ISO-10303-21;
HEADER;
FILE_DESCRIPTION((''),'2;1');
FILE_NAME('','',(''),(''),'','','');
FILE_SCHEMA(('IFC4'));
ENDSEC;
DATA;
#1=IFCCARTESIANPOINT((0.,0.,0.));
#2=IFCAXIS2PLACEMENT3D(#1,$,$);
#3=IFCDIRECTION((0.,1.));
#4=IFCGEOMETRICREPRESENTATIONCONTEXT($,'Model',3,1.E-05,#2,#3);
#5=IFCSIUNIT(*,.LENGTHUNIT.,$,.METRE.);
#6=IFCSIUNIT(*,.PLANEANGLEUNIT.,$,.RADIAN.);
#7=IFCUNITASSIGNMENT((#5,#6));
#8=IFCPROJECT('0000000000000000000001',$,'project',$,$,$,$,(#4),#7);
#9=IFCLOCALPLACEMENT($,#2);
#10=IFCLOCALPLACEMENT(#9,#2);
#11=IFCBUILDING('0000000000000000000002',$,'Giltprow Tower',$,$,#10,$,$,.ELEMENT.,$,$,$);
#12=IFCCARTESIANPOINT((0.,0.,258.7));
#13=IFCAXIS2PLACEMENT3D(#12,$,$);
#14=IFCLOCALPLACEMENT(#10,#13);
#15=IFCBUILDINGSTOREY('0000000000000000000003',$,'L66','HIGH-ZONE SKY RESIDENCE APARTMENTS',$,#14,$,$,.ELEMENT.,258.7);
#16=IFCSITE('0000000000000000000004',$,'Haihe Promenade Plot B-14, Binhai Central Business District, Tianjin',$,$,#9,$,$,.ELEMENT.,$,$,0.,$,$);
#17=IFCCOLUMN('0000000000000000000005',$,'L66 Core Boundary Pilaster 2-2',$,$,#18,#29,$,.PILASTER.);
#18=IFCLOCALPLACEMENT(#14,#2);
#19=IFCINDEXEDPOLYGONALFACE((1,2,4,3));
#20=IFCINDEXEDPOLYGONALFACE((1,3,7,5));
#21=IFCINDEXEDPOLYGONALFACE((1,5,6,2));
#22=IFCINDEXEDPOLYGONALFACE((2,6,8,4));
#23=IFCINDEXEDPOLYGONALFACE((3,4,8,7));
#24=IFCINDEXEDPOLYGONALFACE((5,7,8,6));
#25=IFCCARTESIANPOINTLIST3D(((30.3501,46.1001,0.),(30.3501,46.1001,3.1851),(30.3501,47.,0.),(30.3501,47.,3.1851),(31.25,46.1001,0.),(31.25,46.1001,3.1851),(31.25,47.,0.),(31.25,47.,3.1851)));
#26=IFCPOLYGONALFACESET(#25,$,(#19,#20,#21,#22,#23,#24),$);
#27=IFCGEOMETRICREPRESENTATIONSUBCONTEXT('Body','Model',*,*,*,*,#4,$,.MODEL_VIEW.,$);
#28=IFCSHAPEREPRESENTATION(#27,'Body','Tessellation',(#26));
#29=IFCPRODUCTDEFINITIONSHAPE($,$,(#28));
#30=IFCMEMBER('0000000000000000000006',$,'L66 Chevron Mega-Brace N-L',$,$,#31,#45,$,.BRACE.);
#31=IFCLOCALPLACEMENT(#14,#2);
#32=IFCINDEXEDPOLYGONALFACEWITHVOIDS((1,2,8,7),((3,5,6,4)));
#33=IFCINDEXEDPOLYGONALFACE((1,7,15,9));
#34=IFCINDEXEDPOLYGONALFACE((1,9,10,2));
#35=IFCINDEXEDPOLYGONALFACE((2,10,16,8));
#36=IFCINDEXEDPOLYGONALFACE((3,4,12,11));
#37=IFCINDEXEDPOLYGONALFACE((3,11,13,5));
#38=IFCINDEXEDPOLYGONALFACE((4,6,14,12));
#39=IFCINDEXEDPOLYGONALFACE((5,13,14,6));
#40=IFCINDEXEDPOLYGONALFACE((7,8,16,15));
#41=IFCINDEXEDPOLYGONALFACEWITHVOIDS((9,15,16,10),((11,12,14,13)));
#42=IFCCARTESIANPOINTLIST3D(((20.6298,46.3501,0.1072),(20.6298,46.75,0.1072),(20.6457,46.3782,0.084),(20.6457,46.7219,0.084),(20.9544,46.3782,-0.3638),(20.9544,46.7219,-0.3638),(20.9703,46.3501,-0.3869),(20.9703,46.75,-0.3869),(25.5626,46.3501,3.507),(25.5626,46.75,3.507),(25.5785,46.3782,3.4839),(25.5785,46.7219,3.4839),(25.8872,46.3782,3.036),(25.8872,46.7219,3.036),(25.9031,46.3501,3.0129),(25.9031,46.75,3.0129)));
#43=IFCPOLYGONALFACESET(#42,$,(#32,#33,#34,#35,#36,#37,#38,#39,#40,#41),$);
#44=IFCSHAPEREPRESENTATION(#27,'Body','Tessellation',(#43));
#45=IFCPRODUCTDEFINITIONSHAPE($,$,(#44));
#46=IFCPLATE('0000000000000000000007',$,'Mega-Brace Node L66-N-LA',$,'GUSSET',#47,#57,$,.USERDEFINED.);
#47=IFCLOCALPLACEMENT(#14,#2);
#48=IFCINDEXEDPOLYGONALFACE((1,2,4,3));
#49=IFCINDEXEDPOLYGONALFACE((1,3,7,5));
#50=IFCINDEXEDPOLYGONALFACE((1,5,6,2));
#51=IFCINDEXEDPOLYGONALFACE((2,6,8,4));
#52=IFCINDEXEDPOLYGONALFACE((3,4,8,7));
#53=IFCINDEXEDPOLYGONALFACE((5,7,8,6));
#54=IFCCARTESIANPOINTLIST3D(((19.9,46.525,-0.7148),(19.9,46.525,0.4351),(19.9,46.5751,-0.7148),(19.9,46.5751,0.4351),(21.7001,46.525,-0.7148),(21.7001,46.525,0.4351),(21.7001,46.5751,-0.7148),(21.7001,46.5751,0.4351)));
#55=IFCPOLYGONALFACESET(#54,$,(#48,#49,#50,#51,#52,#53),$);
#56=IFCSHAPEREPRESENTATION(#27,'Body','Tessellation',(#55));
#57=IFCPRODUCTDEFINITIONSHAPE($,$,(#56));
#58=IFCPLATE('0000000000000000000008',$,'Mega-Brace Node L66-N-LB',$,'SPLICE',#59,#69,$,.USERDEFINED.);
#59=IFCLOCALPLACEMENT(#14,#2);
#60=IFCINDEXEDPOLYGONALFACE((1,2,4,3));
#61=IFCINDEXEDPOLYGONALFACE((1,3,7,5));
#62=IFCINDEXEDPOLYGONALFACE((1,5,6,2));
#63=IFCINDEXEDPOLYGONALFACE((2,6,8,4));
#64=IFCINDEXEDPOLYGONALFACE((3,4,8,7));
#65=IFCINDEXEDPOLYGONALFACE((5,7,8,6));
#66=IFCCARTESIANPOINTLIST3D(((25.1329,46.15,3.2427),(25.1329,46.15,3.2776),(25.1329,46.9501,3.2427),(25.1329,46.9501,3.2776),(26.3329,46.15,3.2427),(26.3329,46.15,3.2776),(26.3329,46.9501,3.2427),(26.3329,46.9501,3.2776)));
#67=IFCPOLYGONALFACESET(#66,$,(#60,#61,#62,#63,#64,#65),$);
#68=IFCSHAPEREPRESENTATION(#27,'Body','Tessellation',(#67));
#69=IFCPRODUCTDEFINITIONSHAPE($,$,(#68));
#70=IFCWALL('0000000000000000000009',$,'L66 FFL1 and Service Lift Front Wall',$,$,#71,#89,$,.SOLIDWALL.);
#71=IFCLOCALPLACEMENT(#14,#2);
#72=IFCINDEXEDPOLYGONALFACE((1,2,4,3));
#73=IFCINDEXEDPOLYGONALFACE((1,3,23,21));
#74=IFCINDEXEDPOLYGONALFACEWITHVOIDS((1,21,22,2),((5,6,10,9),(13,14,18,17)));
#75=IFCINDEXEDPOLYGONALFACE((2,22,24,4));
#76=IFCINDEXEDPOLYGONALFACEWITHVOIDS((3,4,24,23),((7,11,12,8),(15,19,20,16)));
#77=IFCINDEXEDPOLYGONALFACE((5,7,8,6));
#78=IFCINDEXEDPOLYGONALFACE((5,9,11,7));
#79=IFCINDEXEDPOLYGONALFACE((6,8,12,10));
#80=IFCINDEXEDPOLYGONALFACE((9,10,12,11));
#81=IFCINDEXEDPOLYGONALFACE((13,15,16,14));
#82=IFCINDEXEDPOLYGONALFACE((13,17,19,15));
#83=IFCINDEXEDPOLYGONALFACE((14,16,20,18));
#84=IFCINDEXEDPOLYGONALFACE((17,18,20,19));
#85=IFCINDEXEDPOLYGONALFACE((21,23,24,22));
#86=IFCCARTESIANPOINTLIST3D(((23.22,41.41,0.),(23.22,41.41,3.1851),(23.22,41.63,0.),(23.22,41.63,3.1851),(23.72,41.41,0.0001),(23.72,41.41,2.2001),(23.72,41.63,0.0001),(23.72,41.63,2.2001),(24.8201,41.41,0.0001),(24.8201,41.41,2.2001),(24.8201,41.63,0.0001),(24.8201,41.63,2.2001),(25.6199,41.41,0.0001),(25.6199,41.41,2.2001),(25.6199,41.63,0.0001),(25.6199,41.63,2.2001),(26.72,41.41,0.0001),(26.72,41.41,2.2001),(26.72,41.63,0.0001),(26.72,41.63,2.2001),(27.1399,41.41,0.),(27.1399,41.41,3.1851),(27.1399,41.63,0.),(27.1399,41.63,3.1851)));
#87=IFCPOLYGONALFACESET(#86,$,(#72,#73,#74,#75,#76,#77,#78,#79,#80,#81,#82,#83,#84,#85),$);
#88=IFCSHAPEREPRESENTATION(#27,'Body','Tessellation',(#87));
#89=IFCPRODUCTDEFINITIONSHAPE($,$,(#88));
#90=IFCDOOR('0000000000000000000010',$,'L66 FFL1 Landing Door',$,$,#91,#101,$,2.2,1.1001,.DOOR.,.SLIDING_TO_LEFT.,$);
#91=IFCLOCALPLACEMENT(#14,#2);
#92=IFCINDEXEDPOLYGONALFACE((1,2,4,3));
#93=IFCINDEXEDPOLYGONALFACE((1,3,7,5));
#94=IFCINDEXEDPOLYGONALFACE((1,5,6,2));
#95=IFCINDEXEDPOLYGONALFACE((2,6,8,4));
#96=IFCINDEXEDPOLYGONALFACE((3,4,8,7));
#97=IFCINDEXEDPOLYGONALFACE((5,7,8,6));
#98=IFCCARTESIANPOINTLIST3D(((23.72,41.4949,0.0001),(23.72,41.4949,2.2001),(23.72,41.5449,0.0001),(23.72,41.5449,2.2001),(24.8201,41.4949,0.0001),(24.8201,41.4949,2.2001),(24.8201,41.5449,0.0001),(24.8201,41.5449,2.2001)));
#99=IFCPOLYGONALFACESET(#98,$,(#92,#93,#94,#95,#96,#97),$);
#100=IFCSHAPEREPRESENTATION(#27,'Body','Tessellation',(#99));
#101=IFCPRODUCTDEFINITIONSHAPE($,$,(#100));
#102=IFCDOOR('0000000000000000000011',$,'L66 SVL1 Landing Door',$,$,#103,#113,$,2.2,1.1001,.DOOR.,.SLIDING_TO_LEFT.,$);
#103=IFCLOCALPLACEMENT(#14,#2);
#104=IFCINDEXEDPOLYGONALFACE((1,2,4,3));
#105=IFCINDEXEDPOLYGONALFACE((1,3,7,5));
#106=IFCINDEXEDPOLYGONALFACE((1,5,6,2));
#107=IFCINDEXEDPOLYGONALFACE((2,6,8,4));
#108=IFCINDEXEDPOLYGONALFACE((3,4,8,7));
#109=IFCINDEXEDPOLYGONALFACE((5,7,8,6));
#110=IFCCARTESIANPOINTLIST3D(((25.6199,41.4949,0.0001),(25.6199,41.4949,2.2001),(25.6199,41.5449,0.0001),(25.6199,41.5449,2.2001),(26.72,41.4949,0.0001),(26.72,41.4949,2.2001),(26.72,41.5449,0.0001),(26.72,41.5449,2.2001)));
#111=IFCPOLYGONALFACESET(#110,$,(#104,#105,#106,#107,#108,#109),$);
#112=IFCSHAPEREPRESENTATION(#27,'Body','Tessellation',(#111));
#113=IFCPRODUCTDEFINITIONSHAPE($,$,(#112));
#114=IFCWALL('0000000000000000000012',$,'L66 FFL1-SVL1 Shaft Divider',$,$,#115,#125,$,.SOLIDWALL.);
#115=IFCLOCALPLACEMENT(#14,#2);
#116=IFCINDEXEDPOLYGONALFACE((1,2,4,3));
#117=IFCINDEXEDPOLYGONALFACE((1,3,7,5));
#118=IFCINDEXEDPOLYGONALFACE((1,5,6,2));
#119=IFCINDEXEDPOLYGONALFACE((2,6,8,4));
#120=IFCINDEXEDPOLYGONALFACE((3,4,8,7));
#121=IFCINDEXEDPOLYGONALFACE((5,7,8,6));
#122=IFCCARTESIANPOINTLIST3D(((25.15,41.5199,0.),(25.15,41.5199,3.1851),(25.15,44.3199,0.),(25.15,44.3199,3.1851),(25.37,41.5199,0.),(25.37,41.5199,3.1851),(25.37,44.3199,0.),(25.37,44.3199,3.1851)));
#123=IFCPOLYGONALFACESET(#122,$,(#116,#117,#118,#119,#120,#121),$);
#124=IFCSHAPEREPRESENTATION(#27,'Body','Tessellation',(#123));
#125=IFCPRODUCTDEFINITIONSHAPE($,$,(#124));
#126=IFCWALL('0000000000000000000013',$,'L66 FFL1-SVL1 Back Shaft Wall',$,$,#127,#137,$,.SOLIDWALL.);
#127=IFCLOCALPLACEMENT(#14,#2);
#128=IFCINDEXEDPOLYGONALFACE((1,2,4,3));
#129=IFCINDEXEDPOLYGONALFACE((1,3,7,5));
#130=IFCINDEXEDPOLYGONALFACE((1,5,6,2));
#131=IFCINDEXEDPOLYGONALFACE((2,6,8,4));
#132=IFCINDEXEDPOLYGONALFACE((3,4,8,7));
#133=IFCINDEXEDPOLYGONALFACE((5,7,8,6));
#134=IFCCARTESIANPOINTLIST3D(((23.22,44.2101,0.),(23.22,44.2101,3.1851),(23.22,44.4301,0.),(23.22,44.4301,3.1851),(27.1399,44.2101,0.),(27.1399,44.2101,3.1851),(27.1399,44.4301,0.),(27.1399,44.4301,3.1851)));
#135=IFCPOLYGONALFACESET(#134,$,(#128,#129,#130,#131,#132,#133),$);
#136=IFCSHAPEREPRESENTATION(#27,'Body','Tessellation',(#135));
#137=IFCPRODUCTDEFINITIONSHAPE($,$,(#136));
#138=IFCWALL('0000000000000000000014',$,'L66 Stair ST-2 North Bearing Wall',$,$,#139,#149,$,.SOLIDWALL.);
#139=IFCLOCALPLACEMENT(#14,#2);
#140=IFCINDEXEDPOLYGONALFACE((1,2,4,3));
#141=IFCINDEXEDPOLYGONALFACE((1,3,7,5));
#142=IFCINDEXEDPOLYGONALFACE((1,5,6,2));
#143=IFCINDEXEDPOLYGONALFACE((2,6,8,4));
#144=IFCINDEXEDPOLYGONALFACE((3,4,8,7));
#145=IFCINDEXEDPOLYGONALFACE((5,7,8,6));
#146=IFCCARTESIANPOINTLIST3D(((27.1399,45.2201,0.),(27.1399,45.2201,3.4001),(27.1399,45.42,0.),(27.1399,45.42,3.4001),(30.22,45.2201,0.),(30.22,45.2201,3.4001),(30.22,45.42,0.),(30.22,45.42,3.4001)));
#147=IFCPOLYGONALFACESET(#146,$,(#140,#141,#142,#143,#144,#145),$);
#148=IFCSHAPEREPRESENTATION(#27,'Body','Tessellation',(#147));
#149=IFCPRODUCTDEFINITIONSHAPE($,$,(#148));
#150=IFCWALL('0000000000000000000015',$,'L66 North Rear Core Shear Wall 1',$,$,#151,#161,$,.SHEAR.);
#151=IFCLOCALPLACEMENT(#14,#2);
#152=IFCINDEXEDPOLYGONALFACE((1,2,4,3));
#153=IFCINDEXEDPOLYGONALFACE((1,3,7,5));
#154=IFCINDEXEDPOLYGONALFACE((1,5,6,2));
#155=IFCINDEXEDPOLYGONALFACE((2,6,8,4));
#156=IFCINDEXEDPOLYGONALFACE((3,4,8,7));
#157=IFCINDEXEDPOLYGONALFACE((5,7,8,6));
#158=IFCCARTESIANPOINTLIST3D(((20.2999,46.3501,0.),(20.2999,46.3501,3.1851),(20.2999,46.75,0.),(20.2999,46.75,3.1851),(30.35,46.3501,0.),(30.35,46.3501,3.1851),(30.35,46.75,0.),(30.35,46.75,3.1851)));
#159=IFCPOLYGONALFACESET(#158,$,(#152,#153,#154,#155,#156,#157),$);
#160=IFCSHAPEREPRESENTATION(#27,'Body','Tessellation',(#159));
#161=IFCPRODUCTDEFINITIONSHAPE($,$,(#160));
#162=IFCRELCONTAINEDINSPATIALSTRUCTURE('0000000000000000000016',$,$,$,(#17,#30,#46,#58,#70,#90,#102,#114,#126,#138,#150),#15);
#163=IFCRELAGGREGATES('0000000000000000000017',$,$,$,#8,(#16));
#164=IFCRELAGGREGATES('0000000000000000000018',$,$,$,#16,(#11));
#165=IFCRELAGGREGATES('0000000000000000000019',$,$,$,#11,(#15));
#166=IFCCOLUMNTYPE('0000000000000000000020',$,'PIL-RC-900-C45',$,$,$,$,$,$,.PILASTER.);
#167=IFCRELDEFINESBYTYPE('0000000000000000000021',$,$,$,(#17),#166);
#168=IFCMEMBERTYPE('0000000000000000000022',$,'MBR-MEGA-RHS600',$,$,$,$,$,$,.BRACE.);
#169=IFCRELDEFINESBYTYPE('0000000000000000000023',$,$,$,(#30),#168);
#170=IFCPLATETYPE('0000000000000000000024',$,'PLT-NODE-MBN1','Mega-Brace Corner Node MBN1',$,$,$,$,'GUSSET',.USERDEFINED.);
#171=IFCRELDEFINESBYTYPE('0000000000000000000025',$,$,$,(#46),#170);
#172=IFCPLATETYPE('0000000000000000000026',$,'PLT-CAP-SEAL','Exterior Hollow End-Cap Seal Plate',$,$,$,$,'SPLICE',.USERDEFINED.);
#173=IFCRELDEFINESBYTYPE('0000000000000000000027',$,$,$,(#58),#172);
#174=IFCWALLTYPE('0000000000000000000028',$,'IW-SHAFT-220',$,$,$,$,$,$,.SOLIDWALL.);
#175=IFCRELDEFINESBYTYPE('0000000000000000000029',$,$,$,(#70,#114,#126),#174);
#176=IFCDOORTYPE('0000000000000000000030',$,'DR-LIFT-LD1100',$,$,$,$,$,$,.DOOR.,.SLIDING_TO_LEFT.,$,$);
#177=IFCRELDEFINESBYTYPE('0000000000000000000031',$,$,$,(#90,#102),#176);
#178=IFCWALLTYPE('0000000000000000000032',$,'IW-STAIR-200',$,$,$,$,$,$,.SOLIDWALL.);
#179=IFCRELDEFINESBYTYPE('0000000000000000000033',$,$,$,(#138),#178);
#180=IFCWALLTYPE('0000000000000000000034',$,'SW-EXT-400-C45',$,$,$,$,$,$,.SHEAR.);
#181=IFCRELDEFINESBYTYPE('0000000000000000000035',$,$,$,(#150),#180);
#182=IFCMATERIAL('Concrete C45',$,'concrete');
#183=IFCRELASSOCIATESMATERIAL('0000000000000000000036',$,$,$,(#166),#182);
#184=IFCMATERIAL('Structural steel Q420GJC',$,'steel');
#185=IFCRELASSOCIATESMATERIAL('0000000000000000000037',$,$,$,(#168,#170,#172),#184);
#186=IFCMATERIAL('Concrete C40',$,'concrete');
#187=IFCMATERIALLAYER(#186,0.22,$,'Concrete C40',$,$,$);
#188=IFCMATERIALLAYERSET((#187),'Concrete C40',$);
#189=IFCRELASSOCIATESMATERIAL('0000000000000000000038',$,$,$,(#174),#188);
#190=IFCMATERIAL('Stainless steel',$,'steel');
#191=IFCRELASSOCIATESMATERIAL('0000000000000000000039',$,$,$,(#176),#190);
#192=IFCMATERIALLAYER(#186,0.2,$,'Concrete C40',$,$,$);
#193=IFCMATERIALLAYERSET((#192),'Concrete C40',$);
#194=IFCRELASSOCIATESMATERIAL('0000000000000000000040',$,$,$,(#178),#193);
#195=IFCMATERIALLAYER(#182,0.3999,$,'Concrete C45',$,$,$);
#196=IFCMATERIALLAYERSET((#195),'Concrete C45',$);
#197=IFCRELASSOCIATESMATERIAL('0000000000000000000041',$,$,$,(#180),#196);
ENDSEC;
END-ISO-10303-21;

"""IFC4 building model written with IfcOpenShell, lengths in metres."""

from ifc_helpers import new_model, si_unit, direction, frame, frame_2d, origin, origin_2d, place, context, subcontext, project, spatial, rectangle, hollow_rectangle, extrude, source, transform, mapped, material, layer, layer_set, material_profile, profile_set, type_object, element, fill, save


model = new_model("IFC4")

# Units and contexts
model_context = context("Model", 3, precision=1e-05, world=origin(), true_north=direction((0.0, 1.0)))
body_context = subcontext(model_context, "Body", "Model", "MODEL_VIEW")
ifc_project = project(units=[si_unit("LENGTHUNIT", "METRE"), si_unit("PLANEANGLEUNIT", "RADIAN")], contexts=[model_context])

# Site, building, storey
site_placement = place(None, origin())
site = spatial("IfcSite", under=ifc_project, at=site_placement, Name="Haihe Promenade Plot B-14, Binhai Central Business District, Tianjin", CompositionType="ELEMENT", RefElevation=0.0)
building_placement = place(site_placement, origin())
building = spatial("IfcBuilding", under=site, at=building_placement, Name="Giltprow Tower", CompositionType="ELEMENT")
storey_placement = place(building_placement, frame((0.0, 0.0, 258.7)))
storey = spatial("IfcBuildingStorey", under=building, at=storey_placement, Name="L66", Description="HIGH-ZONE SKY RESIDENCE APARTMENTS", CompositionType="ELEMENT", Elevation=258.7)

# Column
ifc_material_1 = material(Name="Concrete C45", Category="concrete")
ifc_material_profile_1 = material_profile(ifc_material_1, rectangle(XDim=0.8999, YDim=0.8999, at=origin_2d()), Name="RC 900x900")
ifc_profile_set_1 = profile_set([ifc_material_profile_1], Name="Concrete C45")
column_type = type_object("IfcColumnType", Name="PIL-RC-900-C45", PredefinedType="PILASTER", material=ifc_profile_set_1)
shared_shape_1 = source(origin(), body_context, "Body", "SweptSolid", [
    extrude(rectangle(XDim=0.8999, YDim=0.8999, at=origin_2d()), origin(), (0.0, 0.0, 1.0), 3.1851),
])
column_placement = place(storey_placement, frame((30.8, 46.55, 0.0), z_axis=(0.0, 0.0, 1.0), x_axis=(1.0, 0.0, 0.0)))
element("IfcColumn", 1, at=column_placement, inside=storey, type_object=column_type, Name="L66 Core Boundary Pilaster 2-2", PredefinedType="PILASTER", context=body_context, shape_type="MappedRepresentation", body=[
    mapped(shared_shape_1, transform((0.0, 0.0, 0.0), x_axis=(1.0, 0.0, 0.0), y_axis=(0.0, 1.0, 0.0), z_axis=(0.0, 0.0, 1.0), scale=1.0)),
])

# Member
ifc_material_2 = material(Name="Structural steel Q420GJC", Category="steel")
ifc_material_profile_2 = material_profile(ifc_material_2, hollow_rectangle(XDim=0.3999, YDim=0.6001, WallThickness=0.0281, at=origin_2d()), Name="RHS 600x400x28")
ifc_profile_set_2 = profile_set([ifc_material_profile_2], Name="Structural steel Q420GJC")
member_type = type_object("IfcMemberType", Name="MBR-MEGA-RHS600", PredefinedType="BRACE", material=ifc_profile_set_2)
shared_shape_2 = source(origin(), body_context, "Body", "SweptSolid", [
    extrude(hollow_rectangle(XDim=0.3999, YDim=0.6001, WallThickness=0.0281, at=origin_2d()), origin(), (0.0, 0.0, 1.0), 5.991),
])
member_placement = place(storey_placement, frame((20.8, 46.55, -0.1399), z_axis=(0.823374, 0.0, 0.567499), x_axis=(0.0, 1.0, 0.0)))
element("IfcMember", 2, at=member_placement, inside=storey, type_object=member_type, Name="L66 Chevron Mega-Brace N-L", PredefinedType="BRACE", context=body_context, shape_type="MappedRepresentation", body=[
    mapped(shared_shape_2, transform((0.0, 0.0, 0.0), x_axis=(1.0, 0.0, 0.0), y_axis=(0.0, 1.0, 0.0), z_axis=(0.0, 0.0, 1.0), scale=1.0)),
])

# Plates
plate_type_1 = type_object("IfcPlateType", Name="PLT-NODE-MBN1", Description="Mega-Brace Corner Node MBN1", ElementType="GUSSET", PredefinedType="USERDEFINED", material=ifc_material_2)
shared_shape_3 = source(origin(), body_context, "Body", "SweptSolid", [
    extrude(rectangle(XDim=1.8, YDim=0.05, at=origin_2d()), origin(), (0.0, 0.0, 1.0), 1.1499),
])
plate_1_placement = place(storey_placement, frame((20.8, 46.55, -0.7148), z_axis=(0.0, 0.0, 1.0), x_axis=(1.0, 0.0, 0.0)))
element("IfcPlate", 3, at=plate_1_placement, inside=storey, type_object=plate_type_1, Name="Mega-Brace Node L66-N-LA", ObjectType="GUSSET", PredefinedType="USERDEFINED", context=body_context, shape_type="MappedRepresentation", body=[
    mapped(shared_shape_3, transform((0.0, 0.0, 0.0), x_axis=(1.0, 0.0, 0.0), y_axis=(0.0, 1.0, 0.0), z_axis=(0.0, 0.0, 1.0), scale=1.0)),
])
plate_type_2 = type_object("IfcPlateType", Name="PLT-CAP-SEAL", Description="Exterior Hollow End-Cap Seal Plate", ElementType="SPLICE", PredefinedType="USERDEFINED", material=ifc_material_2)
shared_shape_4 = source(origin(), body_context, "Body", "SweptSolid", [
    extrude(rectangle(XDim=1.2, YDim=0.8, at=origin_2d()), origin(), (0.0, 0.0, 1.0), 0.0349),
])
plate_2_placement = place(storey_placement, frame((25.7329, 46.55, 3.2427), z_axis=(0.0, 0.0, 1.0), x_axis=(1.0, 0.0, 0.0)))
element("IfcPlate", 4, at=plate_2_placement, inside=storey, type_object=plate_type_2, Name="Mega-Brace Node L66-N-LB", ObjectType="SPLICE", PredefinedType="USERDEFINED", context=body_context, shape_type="MappedRepresentation", body=[
    mapped(shared_shape_4, transform((0.0, 0.0, 0.0), x_axis=(1.0, 0.0, 0.0), y_axis=(0.0, 1.0, 0.0), z_axis=(0.0, 0.0, 1.0), scale=1.0)),
])

# Wall, openings, doors
ifc_material_3 = material(Name="Concrete C40", Category="concrete")
ifc_layer_1 = layer(ifc_material_3, 0.22, Name="Concrete C40")
ifc_layer_set_1 = layer_set([ifc_layer_1], Name="Concrete C40")
wall_type_1 = type_object("IfcWallType", Name="IW-SHAFT-220", PredefinedType="SOLIDWALL", material=ifc_layer_set_1)
wall_1_placement = place(storey_placement, frame((23.22, 41.52, 0.0), z_axis=(0.0, 0.0, 1.0), x_axis=(1.0, 0.0, 0.0)))
wall_1 = element("IfcWall", 5, at=wall_1_placement, inside=storey, type_object=wall_type_1, Name="L66 FFL1 and Service Lift Front Wall", PredefinedType="SOLIDWALL", context=body_context, shape_type="SweptSolid", body=[
    extrude(rectangle(XDim=3.9199, YDim=0.22, at=frame_2d((1.96, 0.0))), origin(), (0.0, 0.0, 1.0), 3.1851),
])
opening_1_placement = place(wall_1_placement, frame((0.5, 0.0, 0.0)))
opening_1 = element("IfcOpeningElement", 6, at=opening_1_placement, cuts=wall_1, PredefinedType="OPENING", context=body_context, shape_type="SweptSolid", body=[
    extrude(rectangle(XDim=1.1001, YDim=2.2, at=frame_2d((0.55, 1.1001))), frame((0.0, 0.1199, 0.0), z_axis=(0.0, -1.0, 0.0), x_axis=(1.0, 0.0, 0.0)), (0.0, 0.0, 1.0), 0.24),
])
opening_2_placement = place(wall_1_placement, frame((2.3999, 0.0, 0.0)))
opening_2 = element("IfcOpeningElement", 7, at=opening_2_placement, cuts=wall_1, PredefinedType="OPENING", context=body_context, shape_type="SweptSolid", body=[
    extrude(rectangle(XDim=1.1001, YDim=2.2, at=frame_2d((0.55, 1.1001))), frame((0.0, 0.1199, 0.0), z_axis=(0.0, -1.0, 0.0), x_axis=(1.0, 0.0, 0.0)), (0.0, 0.0, 1.0), 0.24),
])
ifc_material_4 = material(Name="Stainless steel", Category="steel")
door_type = type_object("IfcDoorType", Name="DR-LIFT-LD1100", OperationType="SLIDING_TO_LEFT", PredefinedType="DOOR", material=ifc_material_4)
shared_shape_5 = source(origin(), body_context, "Body", "SweptSolid", [
    extrude(rectangle(XDim=1.1001, YDim=2.2, at=frame_2d((0.55, 1.1001))), frame((0.0, 0.0249, 0.0), z_axis=(0.0, -1.0, 0.0), x_axis=(1.0, 0.0, 0.0)), (0.0, 0.0, 1.0), 0.05),
])
door_1_placement = place(opening_1_placement, origin())
door_1 = element("IfcDoor", 8, at=door_1_placement, inside=storey, type_object=door_type, Name="L66 FFL1 Landing Door", OperationType="SLIDING_TO_LEFT", OverallHeight=2.2, OverallWidth=1.1001, PredefinedType="DOOR", context=body_context, shape_type="MappedRepresentation", body=[
    mapped(shared_shape_5, transform((0.0, 0.0, 0.0), x_axis=(1.0, 0.0, 0.0), y_axis=(0.0, 1.0, 0.0), z_axis=(0.0, 0.0, 1.0), scale=1.0)),
])
fill(opening_1, door_1)
door_2_placement = place(opening_2_placement, origin())
door_2 = element("IfcDoor", 9, at=door_2_placement, inside=storey, type_object=door_type, Name="L66 SVL1 Landing Door", OperationType="SLIDING_TO_LEFT", OverallHeight=2.2, OverallWidth=1.1001, PredefinedType="DOOR", context=body_context, shape_type="MappedRepresentation", body=[
    mapped(shared_shape_5, transform((0.0, 0.0, 0.0), x_axis=(1.0, 0.0, 0.0), y_axis=(0.0, 1.0, 0.0), z_axis=(0.0, 0.0, 1.0), scale=1.0)),
])
fill(opening_2, door_2)

# Walls
wall_2_placement = place(storey_placement, frame((25.26, 41.52, 0.0), z_axis=(0.0, 0.0, 1.0), x_axis=(0.0, 1.0, 0.0)))
element("IfcWall", 10, at=wall_2_placement, inside=storey, type_object=wall_type_1, Name="L66 FFL1-SVL1 Shaft Divider", PredefinedType="SOLIDWALL", context=body_context, shape_type="SweptSolid", body=[
    extrude(rectangle(XDim=2.8, YDim=0.22, at=frame_2d((1.3999, 0.0))), origin(), (0.0, 0.0, 1.0), 3.1851),
])
wall_3_placement = place(storey_placement, frame((23.22, 44.3201, 0.0), z_axis=(0.0, 0.0, 1.0), x_axis=(1.0, 0.0, 0.0)))
element("IfcWall", 11, at=wall_3_placement, inside=storey, type_object=wall_type_1, Name="L66 FFL1-SVL1 Back Shaft Wall", PredefinedType="SOLIDWALL", context=body_context, shape_type="SweptSolid", body=[
    extrude(rectangle(XDim=3.9199, YDim=0.22, at=frame_2d((1.96, 0.0))), origin(), (0.0, 0.0, 1.0), 3.1851),
])
ifc_layer_2 = layer(ifc_material_3, 0.2, Name="Concrete C40")
ifc_layer_set_2 = layer_set([ifc_layer_2], Name="Concrete C40")
wall_type_2 = type_object("IfcWallType", Name="IW-STAIR-200", PredefinedType="SOLIDWALL", material=ifc_layer_set_2)
wall_4_placement = place(storey_placement, frame((27.1399, 45.3201, 0.0), z_axis=(0.0, 0.0, 1.0), x_axis=(1.0, 0.0, 0.0)))
element("IfcWall", 12, at=wall_4_placement, inside=storey, type_object=wall_type_2, Name="L66 Stair ST-2 North Bearing Wall", PredefinedType="SOLIDWALL", context=body_context, shape_type="SweptSolid", body=[
    extrude(rectangle(XDim=3.0801, YDim=0.2, at=frame_2d((1.54, 0.0))), origin(), (0.0, 0.0, 1.0), 3.4001),
])
ifc_layer_3 = layer(ifc_material_1, 0.3999, Name="Concrete C45")
ifc_layer_set_3 = layer_set([ifc_layer_3], Name="Concrete C45")
wall_type_3 = type_object("IfcWallType", Name="SW-EXT-400-C45", PredefinedType="SHEAR", material=ifc_layer_set_3)
wall_5_placement = place(storey_placement, frame((20.3, 46.55, 0.0), z_axis=(0.0, 0.0, 1.0), x_axis=(1.0, 0.0, 0.0)))
element("IfcWall", 13, at=wall_5_placement, inside=storey, type_object=wall_type_3, Name="L66 North Rear Core Shear Wall 1", PredefinedType="SHEAR", context=body_context, shape_type="SweptSolid", body=[
    extrude(rectangle(XDim=10.05, YDim=0.3999, at=frame_2d((5.0249, 0.0))), origin(), (0.0, 0.0, 1.0), 3.1851),
])

save(model, "model.ifc")
